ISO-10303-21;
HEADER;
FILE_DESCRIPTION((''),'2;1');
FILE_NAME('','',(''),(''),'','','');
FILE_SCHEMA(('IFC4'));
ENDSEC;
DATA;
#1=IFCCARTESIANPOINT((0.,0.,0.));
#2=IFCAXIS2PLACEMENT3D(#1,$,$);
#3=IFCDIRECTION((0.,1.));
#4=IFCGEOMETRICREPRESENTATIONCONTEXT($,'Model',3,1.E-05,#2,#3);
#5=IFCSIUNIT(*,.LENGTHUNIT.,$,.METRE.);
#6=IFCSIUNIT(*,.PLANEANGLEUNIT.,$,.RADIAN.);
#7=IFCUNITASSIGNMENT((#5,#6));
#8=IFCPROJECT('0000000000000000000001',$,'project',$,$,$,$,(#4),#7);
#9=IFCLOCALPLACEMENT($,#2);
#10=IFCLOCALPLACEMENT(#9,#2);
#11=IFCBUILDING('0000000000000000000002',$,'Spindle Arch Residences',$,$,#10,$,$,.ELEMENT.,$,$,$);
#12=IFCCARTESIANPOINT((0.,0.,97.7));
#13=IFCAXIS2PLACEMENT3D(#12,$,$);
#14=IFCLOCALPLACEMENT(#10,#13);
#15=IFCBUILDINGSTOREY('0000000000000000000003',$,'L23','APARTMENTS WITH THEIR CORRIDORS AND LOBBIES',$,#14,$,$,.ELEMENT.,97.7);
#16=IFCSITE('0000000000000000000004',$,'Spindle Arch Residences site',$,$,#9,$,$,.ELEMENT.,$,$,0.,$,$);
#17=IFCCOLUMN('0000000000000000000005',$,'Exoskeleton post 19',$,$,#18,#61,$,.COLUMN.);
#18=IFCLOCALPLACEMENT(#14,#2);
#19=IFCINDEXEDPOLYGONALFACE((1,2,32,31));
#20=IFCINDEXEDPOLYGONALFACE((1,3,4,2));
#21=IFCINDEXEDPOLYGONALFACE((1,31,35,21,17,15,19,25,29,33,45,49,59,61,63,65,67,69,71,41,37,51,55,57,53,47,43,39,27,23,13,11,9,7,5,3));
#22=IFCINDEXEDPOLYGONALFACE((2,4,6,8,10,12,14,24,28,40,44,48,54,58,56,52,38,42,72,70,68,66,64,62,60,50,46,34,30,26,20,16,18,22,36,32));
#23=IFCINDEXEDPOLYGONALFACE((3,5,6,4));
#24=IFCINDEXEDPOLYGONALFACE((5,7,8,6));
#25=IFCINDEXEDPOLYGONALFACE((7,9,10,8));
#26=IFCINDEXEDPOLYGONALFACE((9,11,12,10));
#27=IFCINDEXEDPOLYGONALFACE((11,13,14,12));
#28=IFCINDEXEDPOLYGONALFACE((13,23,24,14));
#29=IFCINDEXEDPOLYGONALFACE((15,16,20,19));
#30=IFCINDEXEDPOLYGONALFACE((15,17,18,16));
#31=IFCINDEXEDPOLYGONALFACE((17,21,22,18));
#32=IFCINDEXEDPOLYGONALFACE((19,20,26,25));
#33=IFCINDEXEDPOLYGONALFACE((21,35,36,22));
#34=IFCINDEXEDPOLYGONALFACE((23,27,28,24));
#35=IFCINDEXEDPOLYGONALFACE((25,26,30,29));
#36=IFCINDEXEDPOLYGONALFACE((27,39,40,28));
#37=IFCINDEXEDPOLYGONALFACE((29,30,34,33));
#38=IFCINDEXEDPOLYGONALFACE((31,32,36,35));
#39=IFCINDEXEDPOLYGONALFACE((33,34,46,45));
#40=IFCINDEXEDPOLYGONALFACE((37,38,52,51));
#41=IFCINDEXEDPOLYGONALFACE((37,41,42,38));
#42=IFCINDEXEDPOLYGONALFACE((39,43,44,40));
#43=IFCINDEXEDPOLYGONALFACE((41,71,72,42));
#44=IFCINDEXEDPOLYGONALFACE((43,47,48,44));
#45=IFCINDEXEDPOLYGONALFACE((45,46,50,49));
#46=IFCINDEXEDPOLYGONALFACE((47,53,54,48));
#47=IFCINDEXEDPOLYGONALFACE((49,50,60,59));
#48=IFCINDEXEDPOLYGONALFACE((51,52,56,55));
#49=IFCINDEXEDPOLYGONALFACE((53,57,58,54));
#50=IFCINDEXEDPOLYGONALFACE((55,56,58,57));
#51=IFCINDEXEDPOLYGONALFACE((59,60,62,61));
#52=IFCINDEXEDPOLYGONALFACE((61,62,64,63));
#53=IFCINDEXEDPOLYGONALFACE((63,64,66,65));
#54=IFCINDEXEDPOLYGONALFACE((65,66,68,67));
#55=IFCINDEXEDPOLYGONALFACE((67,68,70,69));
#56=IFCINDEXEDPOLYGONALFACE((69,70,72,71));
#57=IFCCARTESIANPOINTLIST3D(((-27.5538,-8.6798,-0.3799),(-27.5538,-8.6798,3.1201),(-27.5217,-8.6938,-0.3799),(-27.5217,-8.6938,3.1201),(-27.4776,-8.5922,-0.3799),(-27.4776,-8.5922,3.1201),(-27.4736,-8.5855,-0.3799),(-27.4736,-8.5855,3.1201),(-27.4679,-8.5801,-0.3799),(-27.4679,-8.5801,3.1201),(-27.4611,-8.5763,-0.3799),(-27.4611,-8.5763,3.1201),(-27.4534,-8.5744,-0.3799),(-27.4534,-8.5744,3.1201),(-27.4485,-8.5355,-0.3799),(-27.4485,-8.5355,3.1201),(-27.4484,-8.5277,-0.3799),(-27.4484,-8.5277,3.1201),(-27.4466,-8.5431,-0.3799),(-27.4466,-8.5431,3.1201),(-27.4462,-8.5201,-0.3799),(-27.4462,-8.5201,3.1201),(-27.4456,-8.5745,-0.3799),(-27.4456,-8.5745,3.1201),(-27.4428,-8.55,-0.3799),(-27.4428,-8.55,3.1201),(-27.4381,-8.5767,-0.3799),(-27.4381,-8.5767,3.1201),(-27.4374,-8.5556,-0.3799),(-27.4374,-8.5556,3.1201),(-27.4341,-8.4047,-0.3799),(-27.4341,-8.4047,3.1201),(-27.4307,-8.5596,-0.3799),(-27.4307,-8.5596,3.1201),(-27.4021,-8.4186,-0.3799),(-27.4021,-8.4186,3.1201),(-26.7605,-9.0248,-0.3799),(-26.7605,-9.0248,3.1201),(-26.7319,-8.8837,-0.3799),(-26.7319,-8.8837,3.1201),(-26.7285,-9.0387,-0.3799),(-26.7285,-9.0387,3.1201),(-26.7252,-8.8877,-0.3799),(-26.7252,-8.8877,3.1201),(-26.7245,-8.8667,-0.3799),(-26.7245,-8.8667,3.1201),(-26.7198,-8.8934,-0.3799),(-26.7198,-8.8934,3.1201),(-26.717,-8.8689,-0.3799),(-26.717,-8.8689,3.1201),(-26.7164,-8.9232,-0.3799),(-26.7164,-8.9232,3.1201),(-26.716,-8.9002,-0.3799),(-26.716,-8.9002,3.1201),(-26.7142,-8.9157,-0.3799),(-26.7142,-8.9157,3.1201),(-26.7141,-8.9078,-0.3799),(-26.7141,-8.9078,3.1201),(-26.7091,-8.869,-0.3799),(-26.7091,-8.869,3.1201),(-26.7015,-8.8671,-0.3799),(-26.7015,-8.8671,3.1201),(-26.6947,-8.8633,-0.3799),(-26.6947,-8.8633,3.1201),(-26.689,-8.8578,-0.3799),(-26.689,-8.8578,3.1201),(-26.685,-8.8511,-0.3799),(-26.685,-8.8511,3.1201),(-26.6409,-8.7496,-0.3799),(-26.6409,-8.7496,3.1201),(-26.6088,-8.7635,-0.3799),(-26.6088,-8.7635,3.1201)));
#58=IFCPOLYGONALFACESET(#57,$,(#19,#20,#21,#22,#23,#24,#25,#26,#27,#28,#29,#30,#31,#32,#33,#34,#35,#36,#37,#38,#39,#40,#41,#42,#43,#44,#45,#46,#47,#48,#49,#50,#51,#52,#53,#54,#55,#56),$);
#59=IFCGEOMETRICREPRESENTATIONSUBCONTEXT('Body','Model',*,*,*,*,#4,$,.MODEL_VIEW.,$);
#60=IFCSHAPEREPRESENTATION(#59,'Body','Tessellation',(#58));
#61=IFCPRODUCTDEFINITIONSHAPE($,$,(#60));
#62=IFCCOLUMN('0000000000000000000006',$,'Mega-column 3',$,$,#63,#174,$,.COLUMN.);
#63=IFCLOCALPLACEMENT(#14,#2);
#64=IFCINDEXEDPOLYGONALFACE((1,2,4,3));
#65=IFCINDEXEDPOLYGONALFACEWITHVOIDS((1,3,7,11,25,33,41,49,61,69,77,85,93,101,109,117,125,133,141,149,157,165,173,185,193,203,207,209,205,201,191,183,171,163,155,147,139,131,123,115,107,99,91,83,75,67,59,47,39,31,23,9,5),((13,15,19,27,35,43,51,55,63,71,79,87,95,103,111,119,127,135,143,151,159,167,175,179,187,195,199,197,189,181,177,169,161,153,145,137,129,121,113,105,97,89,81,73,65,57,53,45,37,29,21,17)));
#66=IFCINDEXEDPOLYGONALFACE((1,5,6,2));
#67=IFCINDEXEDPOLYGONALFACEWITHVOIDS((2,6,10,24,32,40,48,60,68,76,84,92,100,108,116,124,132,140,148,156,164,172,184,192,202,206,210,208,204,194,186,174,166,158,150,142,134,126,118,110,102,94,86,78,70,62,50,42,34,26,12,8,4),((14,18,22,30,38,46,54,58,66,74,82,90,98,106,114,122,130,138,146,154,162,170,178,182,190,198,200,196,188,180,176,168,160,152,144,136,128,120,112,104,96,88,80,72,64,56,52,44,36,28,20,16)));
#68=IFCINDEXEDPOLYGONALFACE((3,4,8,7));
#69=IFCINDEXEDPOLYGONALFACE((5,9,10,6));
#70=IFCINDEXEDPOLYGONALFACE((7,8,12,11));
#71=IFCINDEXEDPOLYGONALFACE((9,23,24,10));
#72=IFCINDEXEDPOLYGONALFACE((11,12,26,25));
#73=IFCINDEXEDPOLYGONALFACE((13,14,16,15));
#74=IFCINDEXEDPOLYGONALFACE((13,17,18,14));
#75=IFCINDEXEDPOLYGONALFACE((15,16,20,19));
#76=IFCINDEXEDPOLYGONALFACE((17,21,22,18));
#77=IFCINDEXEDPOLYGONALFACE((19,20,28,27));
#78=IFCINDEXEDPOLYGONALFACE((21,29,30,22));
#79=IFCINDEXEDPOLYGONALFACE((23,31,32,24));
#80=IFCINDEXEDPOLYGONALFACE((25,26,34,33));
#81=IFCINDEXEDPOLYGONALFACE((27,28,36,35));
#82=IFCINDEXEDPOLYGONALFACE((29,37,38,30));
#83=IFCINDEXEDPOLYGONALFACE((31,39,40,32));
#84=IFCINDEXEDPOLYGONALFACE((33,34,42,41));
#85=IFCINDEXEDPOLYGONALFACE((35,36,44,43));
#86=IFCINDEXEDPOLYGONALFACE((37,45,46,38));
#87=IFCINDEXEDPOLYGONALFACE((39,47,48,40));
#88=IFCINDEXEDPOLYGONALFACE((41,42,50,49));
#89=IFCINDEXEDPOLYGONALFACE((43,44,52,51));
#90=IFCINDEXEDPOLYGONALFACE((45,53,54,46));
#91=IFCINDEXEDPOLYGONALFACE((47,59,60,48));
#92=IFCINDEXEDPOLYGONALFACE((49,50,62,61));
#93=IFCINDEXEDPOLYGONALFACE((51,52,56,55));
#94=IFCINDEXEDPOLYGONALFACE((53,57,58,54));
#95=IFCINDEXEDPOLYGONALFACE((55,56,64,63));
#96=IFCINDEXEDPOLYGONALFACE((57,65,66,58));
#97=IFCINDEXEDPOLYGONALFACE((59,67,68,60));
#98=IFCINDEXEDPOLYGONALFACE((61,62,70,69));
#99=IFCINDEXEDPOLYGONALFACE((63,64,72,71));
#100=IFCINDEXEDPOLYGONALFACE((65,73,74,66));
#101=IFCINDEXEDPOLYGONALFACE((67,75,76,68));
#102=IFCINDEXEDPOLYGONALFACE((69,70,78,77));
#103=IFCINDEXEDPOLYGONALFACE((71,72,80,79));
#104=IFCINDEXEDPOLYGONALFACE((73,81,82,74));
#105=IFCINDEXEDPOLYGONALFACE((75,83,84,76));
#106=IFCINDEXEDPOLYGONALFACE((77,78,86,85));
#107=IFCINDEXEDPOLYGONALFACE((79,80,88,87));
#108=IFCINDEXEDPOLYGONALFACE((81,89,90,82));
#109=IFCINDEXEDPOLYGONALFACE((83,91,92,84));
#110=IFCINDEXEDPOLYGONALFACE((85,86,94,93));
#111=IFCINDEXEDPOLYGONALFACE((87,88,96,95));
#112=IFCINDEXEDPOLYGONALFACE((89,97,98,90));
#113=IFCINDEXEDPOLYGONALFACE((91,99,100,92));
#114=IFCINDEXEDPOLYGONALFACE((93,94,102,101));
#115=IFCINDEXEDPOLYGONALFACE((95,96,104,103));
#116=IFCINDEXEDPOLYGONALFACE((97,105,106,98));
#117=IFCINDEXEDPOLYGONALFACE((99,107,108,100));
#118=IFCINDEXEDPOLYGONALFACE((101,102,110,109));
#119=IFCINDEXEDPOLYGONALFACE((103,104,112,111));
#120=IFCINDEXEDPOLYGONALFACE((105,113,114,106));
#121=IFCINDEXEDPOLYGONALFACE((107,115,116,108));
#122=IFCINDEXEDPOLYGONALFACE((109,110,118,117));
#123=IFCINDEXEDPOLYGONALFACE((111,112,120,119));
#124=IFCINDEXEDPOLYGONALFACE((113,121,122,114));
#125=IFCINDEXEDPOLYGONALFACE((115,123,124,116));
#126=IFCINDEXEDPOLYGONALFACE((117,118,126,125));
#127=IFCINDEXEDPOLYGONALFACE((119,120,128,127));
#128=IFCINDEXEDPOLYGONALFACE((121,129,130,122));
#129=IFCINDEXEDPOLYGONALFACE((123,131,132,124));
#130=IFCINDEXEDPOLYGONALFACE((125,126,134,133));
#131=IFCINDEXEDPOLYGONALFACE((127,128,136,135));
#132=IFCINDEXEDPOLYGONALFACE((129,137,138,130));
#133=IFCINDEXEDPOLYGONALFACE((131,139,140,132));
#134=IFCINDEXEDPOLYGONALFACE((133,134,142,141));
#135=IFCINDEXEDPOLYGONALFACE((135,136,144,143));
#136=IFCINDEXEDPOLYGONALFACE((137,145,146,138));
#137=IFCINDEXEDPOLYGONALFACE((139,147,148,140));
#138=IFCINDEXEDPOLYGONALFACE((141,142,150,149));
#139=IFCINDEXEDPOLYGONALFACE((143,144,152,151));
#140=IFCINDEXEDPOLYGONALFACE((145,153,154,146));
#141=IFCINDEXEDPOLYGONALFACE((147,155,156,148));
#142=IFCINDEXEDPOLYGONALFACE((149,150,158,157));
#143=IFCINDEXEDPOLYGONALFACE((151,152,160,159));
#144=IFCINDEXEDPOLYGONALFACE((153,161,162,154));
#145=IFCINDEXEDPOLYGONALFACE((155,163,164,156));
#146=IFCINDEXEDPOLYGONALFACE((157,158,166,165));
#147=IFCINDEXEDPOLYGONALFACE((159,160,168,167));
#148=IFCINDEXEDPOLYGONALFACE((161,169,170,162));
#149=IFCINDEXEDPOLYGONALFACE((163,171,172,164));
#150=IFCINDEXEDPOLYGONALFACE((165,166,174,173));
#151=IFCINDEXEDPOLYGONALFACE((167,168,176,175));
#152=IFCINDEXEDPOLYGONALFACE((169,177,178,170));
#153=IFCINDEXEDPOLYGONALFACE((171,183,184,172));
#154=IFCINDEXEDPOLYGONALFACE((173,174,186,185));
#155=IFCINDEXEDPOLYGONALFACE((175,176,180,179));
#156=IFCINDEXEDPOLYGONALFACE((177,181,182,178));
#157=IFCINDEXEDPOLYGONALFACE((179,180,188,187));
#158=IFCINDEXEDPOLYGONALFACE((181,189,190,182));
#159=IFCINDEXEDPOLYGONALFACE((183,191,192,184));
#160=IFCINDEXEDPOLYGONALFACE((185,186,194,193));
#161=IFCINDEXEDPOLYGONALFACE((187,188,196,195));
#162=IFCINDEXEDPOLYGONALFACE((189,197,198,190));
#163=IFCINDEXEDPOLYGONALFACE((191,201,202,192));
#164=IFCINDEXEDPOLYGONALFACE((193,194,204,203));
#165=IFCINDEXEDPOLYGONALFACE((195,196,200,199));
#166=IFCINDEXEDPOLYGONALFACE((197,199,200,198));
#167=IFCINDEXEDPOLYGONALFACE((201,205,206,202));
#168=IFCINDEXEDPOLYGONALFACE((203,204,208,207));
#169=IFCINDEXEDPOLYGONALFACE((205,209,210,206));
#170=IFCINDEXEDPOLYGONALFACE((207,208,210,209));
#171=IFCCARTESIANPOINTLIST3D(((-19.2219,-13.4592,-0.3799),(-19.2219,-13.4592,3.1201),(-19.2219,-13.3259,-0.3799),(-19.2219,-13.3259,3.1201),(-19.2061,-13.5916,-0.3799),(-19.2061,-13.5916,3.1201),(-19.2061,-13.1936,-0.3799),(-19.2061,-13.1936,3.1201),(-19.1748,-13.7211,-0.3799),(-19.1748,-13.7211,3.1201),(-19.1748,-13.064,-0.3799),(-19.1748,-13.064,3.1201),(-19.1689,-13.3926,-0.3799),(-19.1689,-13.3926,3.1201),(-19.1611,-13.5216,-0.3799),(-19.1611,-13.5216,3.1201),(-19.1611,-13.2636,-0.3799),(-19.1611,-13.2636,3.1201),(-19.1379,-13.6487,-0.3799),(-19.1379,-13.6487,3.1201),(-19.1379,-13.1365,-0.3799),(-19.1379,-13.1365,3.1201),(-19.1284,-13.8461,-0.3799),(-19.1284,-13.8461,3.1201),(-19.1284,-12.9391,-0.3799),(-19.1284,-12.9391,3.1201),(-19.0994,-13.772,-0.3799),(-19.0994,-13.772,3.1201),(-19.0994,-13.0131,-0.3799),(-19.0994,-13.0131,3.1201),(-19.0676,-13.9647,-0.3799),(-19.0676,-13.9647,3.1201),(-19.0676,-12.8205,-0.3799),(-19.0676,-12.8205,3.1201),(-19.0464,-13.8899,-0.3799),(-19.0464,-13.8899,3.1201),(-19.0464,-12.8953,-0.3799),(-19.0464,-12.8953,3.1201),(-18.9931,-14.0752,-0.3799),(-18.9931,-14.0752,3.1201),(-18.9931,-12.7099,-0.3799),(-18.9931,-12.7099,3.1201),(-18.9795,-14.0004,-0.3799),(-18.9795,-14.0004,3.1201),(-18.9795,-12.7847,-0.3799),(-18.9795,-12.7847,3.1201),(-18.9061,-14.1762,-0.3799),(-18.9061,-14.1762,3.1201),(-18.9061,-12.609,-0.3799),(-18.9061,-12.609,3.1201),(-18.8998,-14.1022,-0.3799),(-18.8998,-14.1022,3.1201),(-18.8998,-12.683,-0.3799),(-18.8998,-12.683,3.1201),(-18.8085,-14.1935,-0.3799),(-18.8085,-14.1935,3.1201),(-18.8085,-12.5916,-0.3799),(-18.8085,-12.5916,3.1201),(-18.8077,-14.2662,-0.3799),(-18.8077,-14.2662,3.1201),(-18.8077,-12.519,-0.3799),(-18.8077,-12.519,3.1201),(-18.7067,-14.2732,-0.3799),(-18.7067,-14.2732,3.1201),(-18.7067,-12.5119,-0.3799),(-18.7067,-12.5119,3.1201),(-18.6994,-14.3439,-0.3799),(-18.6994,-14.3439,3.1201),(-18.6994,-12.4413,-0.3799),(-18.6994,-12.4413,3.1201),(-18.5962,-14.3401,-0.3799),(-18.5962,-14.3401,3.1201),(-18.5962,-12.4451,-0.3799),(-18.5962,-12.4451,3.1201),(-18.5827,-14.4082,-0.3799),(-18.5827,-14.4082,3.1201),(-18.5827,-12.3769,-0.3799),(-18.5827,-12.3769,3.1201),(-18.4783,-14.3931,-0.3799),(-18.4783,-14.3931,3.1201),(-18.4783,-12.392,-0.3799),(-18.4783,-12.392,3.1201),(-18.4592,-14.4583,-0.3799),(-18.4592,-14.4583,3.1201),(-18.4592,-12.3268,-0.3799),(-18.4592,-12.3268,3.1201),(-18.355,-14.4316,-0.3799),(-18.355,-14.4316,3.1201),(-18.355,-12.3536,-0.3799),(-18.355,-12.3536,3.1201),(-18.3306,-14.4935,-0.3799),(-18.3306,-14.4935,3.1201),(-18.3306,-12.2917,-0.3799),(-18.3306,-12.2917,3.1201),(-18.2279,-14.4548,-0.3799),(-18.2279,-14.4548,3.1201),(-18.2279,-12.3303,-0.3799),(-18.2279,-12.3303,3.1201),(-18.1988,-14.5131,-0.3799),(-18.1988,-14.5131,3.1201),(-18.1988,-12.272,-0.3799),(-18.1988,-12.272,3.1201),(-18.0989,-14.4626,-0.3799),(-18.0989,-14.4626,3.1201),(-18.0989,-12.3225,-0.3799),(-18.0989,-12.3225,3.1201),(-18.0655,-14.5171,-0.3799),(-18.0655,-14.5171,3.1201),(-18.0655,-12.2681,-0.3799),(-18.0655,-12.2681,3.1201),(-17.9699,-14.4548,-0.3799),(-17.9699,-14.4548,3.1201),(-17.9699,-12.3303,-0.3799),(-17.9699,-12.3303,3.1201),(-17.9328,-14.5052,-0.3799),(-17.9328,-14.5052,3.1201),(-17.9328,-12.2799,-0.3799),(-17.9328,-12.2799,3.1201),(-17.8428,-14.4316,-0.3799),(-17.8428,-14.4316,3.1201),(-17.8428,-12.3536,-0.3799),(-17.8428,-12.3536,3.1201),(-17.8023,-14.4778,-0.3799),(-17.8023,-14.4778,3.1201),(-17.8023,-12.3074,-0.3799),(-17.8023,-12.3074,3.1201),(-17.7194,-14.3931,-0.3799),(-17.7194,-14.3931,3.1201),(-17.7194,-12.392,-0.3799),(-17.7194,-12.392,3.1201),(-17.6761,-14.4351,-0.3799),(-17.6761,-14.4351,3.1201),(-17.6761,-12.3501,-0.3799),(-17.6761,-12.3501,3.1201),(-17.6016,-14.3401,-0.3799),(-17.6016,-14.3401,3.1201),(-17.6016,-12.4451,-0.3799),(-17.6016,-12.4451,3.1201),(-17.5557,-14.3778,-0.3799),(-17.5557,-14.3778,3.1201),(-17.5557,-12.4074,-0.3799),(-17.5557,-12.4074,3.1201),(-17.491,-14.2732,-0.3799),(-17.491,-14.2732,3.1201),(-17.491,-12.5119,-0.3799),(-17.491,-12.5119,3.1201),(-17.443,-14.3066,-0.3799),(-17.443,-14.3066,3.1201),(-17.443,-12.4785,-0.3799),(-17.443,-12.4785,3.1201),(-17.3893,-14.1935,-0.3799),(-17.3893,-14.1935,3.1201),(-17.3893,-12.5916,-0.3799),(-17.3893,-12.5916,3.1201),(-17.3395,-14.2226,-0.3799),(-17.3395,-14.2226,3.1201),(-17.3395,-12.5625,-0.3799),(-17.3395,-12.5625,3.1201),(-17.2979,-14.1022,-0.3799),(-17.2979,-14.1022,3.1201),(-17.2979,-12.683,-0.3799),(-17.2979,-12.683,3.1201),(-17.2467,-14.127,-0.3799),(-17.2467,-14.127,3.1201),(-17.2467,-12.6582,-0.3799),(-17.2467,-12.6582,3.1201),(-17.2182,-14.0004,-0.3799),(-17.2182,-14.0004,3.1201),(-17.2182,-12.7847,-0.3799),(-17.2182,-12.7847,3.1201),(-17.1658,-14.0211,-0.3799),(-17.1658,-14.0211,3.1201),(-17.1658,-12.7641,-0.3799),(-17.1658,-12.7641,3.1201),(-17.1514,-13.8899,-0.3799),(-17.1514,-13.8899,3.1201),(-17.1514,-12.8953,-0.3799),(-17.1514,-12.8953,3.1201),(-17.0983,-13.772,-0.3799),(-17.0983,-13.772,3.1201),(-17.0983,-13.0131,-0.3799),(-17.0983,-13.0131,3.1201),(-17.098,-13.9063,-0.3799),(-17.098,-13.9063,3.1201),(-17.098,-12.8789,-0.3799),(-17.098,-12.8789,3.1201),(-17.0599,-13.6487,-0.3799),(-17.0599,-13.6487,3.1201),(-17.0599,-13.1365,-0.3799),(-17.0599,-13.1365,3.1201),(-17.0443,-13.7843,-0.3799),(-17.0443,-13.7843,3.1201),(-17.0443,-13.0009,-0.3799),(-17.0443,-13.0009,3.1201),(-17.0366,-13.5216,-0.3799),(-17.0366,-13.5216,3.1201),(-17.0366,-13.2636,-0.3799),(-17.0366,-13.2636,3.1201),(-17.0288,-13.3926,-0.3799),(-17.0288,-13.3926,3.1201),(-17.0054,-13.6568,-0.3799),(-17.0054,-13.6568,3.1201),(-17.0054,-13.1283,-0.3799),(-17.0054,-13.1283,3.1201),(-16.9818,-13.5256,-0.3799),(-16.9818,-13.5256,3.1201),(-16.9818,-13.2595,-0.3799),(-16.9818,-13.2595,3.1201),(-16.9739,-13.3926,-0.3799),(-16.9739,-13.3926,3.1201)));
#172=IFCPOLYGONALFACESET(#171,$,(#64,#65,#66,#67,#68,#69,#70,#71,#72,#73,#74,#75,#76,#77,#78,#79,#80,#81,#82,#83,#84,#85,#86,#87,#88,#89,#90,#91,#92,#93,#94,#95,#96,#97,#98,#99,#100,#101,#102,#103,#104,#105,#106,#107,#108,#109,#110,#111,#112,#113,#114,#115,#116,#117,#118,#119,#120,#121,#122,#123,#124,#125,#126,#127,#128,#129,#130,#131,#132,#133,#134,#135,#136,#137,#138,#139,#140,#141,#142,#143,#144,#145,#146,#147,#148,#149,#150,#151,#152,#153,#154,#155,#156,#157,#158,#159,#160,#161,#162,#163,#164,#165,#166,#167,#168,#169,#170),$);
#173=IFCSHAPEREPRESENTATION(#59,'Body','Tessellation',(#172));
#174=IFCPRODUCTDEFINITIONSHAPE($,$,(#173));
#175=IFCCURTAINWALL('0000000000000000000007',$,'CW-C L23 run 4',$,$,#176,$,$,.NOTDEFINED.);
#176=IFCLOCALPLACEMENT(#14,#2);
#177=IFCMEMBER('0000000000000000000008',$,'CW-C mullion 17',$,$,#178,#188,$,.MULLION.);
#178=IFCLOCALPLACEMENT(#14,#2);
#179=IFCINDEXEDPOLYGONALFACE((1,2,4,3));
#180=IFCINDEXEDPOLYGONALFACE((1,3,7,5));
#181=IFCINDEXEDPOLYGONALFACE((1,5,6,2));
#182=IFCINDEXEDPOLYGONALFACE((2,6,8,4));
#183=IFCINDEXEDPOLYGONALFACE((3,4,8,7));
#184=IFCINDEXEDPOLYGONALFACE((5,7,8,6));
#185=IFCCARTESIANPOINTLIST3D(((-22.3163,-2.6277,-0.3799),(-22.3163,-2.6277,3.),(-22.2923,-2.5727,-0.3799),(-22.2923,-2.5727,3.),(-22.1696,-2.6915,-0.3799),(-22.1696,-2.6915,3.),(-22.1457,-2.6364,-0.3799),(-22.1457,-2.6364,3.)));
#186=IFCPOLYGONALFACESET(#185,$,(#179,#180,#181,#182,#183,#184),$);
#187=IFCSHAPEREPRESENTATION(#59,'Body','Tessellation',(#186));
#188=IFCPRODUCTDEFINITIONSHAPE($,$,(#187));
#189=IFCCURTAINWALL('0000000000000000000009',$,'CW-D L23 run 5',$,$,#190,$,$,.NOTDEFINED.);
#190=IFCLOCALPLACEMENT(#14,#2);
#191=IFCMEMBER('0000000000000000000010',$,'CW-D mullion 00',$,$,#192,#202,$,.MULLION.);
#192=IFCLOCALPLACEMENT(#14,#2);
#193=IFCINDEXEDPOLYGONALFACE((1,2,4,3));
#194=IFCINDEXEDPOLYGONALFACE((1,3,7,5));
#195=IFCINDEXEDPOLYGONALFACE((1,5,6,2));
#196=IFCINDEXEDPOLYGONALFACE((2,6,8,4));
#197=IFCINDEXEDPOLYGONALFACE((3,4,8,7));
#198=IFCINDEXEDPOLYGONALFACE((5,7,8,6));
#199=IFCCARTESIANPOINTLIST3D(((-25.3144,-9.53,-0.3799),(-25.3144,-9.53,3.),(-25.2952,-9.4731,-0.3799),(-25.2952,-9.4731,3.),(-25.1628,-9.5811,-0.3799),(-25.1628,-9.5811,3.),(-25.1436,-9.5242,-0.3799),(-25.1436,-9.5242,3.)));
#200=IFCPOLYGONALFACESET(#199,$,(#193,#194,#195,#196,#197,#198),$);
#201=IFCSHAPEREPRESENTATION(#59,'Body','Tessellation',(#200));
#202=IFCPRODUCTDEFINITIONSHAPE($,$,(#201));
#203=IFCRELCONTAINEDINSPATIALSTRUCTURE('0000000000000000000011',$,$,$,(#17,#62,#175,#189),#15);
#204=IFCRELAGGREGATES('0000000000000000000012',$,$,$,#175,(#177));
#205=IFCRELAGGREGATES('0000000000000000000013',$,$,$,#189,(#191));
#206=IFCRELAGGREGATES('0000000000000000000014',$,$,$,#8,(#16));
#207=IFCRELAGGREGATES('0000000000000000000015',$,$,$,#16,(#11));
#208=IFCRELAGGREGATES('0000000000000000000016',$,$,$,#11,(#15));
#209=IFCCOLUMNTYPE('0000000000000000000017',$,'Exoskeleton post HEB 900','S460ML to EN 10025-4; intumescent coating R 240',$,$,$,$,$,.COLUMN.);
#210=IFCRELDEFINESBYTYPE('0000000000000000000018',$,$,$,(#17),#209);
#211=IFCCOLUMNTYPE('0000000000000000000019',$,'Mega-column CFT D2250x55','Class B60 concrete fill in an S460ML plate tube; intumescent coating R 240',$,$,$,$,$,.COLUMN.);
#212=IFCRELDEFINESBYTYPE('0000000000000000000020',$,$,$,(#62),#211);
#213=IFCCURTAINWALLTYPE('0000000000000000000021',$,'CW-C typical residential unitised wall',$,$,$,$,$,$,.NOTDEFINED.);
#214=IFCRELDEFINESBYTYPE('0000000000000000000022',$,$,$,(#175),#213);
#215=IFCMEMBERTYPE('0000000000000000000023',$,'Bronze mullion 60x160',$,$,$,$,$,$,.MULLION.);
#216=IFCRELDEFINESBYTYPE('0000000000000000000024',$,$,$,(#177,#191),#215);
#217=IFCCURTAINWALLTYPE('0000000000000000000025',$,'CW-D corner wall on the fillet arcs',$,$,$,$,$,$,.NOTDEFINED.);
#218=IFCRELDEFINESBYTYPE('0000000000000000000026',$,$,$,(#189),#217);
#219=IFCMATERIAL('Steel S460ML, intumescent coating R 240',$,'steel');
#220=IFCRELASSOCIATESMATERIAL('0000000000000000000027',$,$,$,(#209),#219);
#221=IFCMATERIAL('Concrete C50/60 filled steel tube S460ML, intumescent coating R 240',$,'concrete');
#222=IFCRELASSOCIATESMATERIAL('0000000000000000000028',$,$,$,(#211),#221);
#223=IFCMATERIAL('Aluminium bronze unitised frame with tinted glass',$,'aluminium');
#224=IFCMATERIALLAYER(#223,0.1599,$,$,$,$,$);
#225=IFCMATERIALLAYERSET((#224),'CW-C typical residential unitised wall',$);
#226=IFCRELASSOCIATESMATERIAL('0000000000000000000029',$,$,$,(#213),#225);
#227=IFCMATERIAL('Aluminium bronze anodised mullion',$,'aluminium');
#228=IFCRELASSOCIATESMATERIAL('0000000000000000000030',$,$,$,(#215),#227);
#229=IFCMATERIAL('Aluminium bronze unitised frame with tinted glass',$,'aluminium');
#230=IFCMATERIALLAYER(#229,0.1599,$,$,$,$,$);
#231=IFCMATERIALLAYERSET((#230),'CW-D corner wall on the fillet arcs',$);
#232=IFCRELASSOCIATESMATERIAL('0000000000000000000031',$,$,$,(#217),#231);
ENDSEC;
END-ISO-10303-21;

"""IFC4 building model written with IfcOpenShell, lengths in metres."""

from ifc_helpers import new_model, si_unit, direction, frame, origin, origin_2d, place, context, subcontext, project, spatial, rectangle, hollow_circle, i_section, extrude, material, layer, layer_set, material_profile, profile_set, type_object, element, aggregate, save


model = new_model("IFC4")

# Units and contexts
model_context = context("Model", 3, precision=1e-05, world=origin(), true_north=direction((0.0, 1.0)))
body_context = subcontext(model_context, "Body", "Model", "MODEL_VIEW")
ifc_project = project(units=[si_unit("LENGTHUNIT", "METRE"), si_unit("PLANEANGLEUNIT", "RADIAN")], contexts=[model_context])

# Site, building, storey
site_placement = place(None, origin())
site = spatial("IfcSite", under=ifc_project, at=site_placement, Name="Spindle Arch Residences site", CompositionType="ELEMENT", RefElevation=0.0)
building_placement = place(site_placement, origin())
building = spatial("IfcBuilding", under=site, at=building_placement, Name="Spindle Arch Residences", CompositionType="ELEMENT")
storey_placement = place(building_placement, frame((0.0, 0.0, 97.7)))
storey = spatial("IfcBuildingStorey", under=building, at=storey_placement, Name="L23", Description="APARTMENTS WITH THEIR CORRIDORS AND LOBBIES", CompositionType="ELEMENT", Elevation=97.7)

# Columns
ifc_material_1 = material(Name="Steel S460ML, intumescent coating R 240", Category="steel")
ifc_material_profile_1 = material_profile(ifc_material_1, i_section(OverallWidth=0.3, OverallDepth=0.8999, WebThickness=0.0186, FlangeThickness=0.0349, FilletRadius=0.03, at=origin_2d()), Name="HEB 900")
ifc_profile_set_1 = profile_set([ifc_material_profile_1], Name="Steel S460ML, intumescent coating R 240")
column_type_1 = type_object("IfcColumnType", Name="Exoskeleton post HEB 900", Description="S460ML to EN 10025-4; intumescent coating R 240", PredefinedType="COLUMN", material=ifc_profile_set_1)
column_1_placement = place(storey_placement, frame((-27.0813, -8.7217, -0.3799), z_axis=(0.0, 0.0, 1.0), x_axis=(0.398749, 0.91706, 0.0)))
element("IfcColumn", 1, at=column_1_placement, inside=storey, type_object=column_type_1, Name="Exoskeleton post 19", PredefinedType="COLUMN", context=body_context, shape_type="SweptSolid", body=[
    extrude(i_section(OverallWidth=0.3, OverallDepth=0.8999, WebThickness=0.0186, FlangeThickness=0.0349, FilletRadius=0.03, at=origin_2d()), origin(), (0.0, 0.0, 1.0), 3.5),
])
ifc_material_2 = material(Name="Concrete C50/60 filled steel tube S460ML, intumescent coating R 240", Category="concrete")
ifc_material_profile_2 = material_profile(ifc_material_2, hollow_circle(Radius=1.125, WallThickness=0.0549, at=origin_2d()), Name="CFT D2250x55")
ifc_profile_set_2 = profile_set([ifc_material_profile_2], Name="Concrete C50/60 filled steel tube S460ML, intumescent coating R 240")
column_type_2 = type_object("IfcColumnType", Name="Mega-column CFT D2250x55", Description="Class B60 concrete fill in an S460ML plate tube; intumescent coating R 240", PredefinedType="COLUMN", material=ifc_profile_set_2)
column_2_placement = place(storey_placement, frame((-18.0989, -13.3926, -0.3799), z_axis=(0.0, 0.0, 1.0), x_axis=(1.0, 0.0, 0.0)))
element("IfcColumn", 2, at=column_2_placement, inside=storey, type_object=column_type_2, Name="Mega-column 3", PredefinedType="COLUMN", context=body_context, shape_type="SweptSolid", body=[
    extrude(hollow_circle(Radius=1.125, WallThickness=0.0549, at=origin_2d()), origin(), (0.0, 0.0, 1.0), 3.5),
])

# Curtain wall, member
ifc_material_3 = material(Name="Aluminium bronze unitised frame with tinted glass", Category="aluminium")
ifc_layer_1 = layer(ifc_material_3, 0.1599)
ifc_layer_set_1 = layer_set([ifc_layer_1], Name="CW-C typical residential unitised wall")
curtain_wall_type_1 = type_object("IfcCurtainWallType", Name="CW-C typical residential unitised wall", PredefinedType="NOTDEFINED", material=ifc_layer_set_1)
curtain_wall_1_placement = place(storey_placement, origin())
curtain_wall_1 = element("IfcCurtainWall", 3, at=curtain_wall_1_placement, inside=storey, type_object=curtain_wall_type_1, Name="CW-C L23 run 4", PredefinedType="NOTDEFINED")
ifc_material_4 = material(Name="Aluminium bronze anodised mullion", Category="aluminium")
ifc_material_profile_3 = material_profile(ifc_material_4, rectangle(XDim=0.1599, YDim=0.0601, at=origin_2d()), Name="MU 60x160")
ifc_profile_set_3 = profile_set([ifc_material_profile_3], Name="Aluminium bronze anodised mullion")
member_type_1 = type_object("IfcMemberType", Name="Bronze mullion 60x160", PredefinedType="MULLION", material=ifc_profile_set_3)
member_1_placement = place(storey_placement, frame((-22.231, -2.6321, -0.3799), z_axis=(0.0, 0.0, 1.0), x_axis=(0.91706, -0.398749, 0.0)))
member_1 = element("IfcMember", 4, at=member_1_placement, type_object=member_type_1, Name="CW-C mullion 17", PredefinedType="MULLION", context=body_context, shape_type="SweptSolid", body=[
    extrude(rectangle(XDim=0.1599, YDim=0.0601, at=origin_2d()), origin(), (0.0, 0.0, 1.0), 3.3799),
])

# Curtain wall, member
ifc_material_5 = material(Name="Aluminium bronze unitised frame with tinted glass", Category="aluminium")
ifc_layer_2 = layer(ifc_material_5, 0.1599)
ifc_layer_set_2 = layer_set([ifc_layer_2], Name="CW-D corner wall on the fillet arcs")
curtain_wall_type_2 = type_object("IfcCurtainWallType", Name="CW-D corner wall on the fillet arcs", PredefinedType="NOTDEFINED", material=ifc_layer_set_2)
curtain_wall_2_placement = place(storey_placement, origin())
curtain_wall_2 = element("IfcCurtainWall", 5, at=curtain_wall_2_placement, inside=storey, type_object=curtain_wall_type_2, Name="CW-D L23 run 5", PredefinedType="NOTDEFINED")
member_2_placement = place(storey_placement, frame((-25.229, -9.5271, -0.3799), z_axis=(0.0, 0.0, 1.0), x_axis=(0.94751, -0.319727, 0.0)))
member_2 = element("IfcMember", 6, at=member_2_placement, type_object=member_type_1, Name="CW-D mullion 00", PredefinedType="MULLION", context=body_context, shape_type="SweptSolid", body=[
    extrude(rectangle(XDim=0.1599, YDim=0.0601, at=origin_2d()), origin(), (0.0, 0.0, 1.0), 3.3799),
])

aggregate(curtain_wall_1, [member_1])
aggregate(curtain_wall_2, [member_2])

save(model, "model.ifc")
